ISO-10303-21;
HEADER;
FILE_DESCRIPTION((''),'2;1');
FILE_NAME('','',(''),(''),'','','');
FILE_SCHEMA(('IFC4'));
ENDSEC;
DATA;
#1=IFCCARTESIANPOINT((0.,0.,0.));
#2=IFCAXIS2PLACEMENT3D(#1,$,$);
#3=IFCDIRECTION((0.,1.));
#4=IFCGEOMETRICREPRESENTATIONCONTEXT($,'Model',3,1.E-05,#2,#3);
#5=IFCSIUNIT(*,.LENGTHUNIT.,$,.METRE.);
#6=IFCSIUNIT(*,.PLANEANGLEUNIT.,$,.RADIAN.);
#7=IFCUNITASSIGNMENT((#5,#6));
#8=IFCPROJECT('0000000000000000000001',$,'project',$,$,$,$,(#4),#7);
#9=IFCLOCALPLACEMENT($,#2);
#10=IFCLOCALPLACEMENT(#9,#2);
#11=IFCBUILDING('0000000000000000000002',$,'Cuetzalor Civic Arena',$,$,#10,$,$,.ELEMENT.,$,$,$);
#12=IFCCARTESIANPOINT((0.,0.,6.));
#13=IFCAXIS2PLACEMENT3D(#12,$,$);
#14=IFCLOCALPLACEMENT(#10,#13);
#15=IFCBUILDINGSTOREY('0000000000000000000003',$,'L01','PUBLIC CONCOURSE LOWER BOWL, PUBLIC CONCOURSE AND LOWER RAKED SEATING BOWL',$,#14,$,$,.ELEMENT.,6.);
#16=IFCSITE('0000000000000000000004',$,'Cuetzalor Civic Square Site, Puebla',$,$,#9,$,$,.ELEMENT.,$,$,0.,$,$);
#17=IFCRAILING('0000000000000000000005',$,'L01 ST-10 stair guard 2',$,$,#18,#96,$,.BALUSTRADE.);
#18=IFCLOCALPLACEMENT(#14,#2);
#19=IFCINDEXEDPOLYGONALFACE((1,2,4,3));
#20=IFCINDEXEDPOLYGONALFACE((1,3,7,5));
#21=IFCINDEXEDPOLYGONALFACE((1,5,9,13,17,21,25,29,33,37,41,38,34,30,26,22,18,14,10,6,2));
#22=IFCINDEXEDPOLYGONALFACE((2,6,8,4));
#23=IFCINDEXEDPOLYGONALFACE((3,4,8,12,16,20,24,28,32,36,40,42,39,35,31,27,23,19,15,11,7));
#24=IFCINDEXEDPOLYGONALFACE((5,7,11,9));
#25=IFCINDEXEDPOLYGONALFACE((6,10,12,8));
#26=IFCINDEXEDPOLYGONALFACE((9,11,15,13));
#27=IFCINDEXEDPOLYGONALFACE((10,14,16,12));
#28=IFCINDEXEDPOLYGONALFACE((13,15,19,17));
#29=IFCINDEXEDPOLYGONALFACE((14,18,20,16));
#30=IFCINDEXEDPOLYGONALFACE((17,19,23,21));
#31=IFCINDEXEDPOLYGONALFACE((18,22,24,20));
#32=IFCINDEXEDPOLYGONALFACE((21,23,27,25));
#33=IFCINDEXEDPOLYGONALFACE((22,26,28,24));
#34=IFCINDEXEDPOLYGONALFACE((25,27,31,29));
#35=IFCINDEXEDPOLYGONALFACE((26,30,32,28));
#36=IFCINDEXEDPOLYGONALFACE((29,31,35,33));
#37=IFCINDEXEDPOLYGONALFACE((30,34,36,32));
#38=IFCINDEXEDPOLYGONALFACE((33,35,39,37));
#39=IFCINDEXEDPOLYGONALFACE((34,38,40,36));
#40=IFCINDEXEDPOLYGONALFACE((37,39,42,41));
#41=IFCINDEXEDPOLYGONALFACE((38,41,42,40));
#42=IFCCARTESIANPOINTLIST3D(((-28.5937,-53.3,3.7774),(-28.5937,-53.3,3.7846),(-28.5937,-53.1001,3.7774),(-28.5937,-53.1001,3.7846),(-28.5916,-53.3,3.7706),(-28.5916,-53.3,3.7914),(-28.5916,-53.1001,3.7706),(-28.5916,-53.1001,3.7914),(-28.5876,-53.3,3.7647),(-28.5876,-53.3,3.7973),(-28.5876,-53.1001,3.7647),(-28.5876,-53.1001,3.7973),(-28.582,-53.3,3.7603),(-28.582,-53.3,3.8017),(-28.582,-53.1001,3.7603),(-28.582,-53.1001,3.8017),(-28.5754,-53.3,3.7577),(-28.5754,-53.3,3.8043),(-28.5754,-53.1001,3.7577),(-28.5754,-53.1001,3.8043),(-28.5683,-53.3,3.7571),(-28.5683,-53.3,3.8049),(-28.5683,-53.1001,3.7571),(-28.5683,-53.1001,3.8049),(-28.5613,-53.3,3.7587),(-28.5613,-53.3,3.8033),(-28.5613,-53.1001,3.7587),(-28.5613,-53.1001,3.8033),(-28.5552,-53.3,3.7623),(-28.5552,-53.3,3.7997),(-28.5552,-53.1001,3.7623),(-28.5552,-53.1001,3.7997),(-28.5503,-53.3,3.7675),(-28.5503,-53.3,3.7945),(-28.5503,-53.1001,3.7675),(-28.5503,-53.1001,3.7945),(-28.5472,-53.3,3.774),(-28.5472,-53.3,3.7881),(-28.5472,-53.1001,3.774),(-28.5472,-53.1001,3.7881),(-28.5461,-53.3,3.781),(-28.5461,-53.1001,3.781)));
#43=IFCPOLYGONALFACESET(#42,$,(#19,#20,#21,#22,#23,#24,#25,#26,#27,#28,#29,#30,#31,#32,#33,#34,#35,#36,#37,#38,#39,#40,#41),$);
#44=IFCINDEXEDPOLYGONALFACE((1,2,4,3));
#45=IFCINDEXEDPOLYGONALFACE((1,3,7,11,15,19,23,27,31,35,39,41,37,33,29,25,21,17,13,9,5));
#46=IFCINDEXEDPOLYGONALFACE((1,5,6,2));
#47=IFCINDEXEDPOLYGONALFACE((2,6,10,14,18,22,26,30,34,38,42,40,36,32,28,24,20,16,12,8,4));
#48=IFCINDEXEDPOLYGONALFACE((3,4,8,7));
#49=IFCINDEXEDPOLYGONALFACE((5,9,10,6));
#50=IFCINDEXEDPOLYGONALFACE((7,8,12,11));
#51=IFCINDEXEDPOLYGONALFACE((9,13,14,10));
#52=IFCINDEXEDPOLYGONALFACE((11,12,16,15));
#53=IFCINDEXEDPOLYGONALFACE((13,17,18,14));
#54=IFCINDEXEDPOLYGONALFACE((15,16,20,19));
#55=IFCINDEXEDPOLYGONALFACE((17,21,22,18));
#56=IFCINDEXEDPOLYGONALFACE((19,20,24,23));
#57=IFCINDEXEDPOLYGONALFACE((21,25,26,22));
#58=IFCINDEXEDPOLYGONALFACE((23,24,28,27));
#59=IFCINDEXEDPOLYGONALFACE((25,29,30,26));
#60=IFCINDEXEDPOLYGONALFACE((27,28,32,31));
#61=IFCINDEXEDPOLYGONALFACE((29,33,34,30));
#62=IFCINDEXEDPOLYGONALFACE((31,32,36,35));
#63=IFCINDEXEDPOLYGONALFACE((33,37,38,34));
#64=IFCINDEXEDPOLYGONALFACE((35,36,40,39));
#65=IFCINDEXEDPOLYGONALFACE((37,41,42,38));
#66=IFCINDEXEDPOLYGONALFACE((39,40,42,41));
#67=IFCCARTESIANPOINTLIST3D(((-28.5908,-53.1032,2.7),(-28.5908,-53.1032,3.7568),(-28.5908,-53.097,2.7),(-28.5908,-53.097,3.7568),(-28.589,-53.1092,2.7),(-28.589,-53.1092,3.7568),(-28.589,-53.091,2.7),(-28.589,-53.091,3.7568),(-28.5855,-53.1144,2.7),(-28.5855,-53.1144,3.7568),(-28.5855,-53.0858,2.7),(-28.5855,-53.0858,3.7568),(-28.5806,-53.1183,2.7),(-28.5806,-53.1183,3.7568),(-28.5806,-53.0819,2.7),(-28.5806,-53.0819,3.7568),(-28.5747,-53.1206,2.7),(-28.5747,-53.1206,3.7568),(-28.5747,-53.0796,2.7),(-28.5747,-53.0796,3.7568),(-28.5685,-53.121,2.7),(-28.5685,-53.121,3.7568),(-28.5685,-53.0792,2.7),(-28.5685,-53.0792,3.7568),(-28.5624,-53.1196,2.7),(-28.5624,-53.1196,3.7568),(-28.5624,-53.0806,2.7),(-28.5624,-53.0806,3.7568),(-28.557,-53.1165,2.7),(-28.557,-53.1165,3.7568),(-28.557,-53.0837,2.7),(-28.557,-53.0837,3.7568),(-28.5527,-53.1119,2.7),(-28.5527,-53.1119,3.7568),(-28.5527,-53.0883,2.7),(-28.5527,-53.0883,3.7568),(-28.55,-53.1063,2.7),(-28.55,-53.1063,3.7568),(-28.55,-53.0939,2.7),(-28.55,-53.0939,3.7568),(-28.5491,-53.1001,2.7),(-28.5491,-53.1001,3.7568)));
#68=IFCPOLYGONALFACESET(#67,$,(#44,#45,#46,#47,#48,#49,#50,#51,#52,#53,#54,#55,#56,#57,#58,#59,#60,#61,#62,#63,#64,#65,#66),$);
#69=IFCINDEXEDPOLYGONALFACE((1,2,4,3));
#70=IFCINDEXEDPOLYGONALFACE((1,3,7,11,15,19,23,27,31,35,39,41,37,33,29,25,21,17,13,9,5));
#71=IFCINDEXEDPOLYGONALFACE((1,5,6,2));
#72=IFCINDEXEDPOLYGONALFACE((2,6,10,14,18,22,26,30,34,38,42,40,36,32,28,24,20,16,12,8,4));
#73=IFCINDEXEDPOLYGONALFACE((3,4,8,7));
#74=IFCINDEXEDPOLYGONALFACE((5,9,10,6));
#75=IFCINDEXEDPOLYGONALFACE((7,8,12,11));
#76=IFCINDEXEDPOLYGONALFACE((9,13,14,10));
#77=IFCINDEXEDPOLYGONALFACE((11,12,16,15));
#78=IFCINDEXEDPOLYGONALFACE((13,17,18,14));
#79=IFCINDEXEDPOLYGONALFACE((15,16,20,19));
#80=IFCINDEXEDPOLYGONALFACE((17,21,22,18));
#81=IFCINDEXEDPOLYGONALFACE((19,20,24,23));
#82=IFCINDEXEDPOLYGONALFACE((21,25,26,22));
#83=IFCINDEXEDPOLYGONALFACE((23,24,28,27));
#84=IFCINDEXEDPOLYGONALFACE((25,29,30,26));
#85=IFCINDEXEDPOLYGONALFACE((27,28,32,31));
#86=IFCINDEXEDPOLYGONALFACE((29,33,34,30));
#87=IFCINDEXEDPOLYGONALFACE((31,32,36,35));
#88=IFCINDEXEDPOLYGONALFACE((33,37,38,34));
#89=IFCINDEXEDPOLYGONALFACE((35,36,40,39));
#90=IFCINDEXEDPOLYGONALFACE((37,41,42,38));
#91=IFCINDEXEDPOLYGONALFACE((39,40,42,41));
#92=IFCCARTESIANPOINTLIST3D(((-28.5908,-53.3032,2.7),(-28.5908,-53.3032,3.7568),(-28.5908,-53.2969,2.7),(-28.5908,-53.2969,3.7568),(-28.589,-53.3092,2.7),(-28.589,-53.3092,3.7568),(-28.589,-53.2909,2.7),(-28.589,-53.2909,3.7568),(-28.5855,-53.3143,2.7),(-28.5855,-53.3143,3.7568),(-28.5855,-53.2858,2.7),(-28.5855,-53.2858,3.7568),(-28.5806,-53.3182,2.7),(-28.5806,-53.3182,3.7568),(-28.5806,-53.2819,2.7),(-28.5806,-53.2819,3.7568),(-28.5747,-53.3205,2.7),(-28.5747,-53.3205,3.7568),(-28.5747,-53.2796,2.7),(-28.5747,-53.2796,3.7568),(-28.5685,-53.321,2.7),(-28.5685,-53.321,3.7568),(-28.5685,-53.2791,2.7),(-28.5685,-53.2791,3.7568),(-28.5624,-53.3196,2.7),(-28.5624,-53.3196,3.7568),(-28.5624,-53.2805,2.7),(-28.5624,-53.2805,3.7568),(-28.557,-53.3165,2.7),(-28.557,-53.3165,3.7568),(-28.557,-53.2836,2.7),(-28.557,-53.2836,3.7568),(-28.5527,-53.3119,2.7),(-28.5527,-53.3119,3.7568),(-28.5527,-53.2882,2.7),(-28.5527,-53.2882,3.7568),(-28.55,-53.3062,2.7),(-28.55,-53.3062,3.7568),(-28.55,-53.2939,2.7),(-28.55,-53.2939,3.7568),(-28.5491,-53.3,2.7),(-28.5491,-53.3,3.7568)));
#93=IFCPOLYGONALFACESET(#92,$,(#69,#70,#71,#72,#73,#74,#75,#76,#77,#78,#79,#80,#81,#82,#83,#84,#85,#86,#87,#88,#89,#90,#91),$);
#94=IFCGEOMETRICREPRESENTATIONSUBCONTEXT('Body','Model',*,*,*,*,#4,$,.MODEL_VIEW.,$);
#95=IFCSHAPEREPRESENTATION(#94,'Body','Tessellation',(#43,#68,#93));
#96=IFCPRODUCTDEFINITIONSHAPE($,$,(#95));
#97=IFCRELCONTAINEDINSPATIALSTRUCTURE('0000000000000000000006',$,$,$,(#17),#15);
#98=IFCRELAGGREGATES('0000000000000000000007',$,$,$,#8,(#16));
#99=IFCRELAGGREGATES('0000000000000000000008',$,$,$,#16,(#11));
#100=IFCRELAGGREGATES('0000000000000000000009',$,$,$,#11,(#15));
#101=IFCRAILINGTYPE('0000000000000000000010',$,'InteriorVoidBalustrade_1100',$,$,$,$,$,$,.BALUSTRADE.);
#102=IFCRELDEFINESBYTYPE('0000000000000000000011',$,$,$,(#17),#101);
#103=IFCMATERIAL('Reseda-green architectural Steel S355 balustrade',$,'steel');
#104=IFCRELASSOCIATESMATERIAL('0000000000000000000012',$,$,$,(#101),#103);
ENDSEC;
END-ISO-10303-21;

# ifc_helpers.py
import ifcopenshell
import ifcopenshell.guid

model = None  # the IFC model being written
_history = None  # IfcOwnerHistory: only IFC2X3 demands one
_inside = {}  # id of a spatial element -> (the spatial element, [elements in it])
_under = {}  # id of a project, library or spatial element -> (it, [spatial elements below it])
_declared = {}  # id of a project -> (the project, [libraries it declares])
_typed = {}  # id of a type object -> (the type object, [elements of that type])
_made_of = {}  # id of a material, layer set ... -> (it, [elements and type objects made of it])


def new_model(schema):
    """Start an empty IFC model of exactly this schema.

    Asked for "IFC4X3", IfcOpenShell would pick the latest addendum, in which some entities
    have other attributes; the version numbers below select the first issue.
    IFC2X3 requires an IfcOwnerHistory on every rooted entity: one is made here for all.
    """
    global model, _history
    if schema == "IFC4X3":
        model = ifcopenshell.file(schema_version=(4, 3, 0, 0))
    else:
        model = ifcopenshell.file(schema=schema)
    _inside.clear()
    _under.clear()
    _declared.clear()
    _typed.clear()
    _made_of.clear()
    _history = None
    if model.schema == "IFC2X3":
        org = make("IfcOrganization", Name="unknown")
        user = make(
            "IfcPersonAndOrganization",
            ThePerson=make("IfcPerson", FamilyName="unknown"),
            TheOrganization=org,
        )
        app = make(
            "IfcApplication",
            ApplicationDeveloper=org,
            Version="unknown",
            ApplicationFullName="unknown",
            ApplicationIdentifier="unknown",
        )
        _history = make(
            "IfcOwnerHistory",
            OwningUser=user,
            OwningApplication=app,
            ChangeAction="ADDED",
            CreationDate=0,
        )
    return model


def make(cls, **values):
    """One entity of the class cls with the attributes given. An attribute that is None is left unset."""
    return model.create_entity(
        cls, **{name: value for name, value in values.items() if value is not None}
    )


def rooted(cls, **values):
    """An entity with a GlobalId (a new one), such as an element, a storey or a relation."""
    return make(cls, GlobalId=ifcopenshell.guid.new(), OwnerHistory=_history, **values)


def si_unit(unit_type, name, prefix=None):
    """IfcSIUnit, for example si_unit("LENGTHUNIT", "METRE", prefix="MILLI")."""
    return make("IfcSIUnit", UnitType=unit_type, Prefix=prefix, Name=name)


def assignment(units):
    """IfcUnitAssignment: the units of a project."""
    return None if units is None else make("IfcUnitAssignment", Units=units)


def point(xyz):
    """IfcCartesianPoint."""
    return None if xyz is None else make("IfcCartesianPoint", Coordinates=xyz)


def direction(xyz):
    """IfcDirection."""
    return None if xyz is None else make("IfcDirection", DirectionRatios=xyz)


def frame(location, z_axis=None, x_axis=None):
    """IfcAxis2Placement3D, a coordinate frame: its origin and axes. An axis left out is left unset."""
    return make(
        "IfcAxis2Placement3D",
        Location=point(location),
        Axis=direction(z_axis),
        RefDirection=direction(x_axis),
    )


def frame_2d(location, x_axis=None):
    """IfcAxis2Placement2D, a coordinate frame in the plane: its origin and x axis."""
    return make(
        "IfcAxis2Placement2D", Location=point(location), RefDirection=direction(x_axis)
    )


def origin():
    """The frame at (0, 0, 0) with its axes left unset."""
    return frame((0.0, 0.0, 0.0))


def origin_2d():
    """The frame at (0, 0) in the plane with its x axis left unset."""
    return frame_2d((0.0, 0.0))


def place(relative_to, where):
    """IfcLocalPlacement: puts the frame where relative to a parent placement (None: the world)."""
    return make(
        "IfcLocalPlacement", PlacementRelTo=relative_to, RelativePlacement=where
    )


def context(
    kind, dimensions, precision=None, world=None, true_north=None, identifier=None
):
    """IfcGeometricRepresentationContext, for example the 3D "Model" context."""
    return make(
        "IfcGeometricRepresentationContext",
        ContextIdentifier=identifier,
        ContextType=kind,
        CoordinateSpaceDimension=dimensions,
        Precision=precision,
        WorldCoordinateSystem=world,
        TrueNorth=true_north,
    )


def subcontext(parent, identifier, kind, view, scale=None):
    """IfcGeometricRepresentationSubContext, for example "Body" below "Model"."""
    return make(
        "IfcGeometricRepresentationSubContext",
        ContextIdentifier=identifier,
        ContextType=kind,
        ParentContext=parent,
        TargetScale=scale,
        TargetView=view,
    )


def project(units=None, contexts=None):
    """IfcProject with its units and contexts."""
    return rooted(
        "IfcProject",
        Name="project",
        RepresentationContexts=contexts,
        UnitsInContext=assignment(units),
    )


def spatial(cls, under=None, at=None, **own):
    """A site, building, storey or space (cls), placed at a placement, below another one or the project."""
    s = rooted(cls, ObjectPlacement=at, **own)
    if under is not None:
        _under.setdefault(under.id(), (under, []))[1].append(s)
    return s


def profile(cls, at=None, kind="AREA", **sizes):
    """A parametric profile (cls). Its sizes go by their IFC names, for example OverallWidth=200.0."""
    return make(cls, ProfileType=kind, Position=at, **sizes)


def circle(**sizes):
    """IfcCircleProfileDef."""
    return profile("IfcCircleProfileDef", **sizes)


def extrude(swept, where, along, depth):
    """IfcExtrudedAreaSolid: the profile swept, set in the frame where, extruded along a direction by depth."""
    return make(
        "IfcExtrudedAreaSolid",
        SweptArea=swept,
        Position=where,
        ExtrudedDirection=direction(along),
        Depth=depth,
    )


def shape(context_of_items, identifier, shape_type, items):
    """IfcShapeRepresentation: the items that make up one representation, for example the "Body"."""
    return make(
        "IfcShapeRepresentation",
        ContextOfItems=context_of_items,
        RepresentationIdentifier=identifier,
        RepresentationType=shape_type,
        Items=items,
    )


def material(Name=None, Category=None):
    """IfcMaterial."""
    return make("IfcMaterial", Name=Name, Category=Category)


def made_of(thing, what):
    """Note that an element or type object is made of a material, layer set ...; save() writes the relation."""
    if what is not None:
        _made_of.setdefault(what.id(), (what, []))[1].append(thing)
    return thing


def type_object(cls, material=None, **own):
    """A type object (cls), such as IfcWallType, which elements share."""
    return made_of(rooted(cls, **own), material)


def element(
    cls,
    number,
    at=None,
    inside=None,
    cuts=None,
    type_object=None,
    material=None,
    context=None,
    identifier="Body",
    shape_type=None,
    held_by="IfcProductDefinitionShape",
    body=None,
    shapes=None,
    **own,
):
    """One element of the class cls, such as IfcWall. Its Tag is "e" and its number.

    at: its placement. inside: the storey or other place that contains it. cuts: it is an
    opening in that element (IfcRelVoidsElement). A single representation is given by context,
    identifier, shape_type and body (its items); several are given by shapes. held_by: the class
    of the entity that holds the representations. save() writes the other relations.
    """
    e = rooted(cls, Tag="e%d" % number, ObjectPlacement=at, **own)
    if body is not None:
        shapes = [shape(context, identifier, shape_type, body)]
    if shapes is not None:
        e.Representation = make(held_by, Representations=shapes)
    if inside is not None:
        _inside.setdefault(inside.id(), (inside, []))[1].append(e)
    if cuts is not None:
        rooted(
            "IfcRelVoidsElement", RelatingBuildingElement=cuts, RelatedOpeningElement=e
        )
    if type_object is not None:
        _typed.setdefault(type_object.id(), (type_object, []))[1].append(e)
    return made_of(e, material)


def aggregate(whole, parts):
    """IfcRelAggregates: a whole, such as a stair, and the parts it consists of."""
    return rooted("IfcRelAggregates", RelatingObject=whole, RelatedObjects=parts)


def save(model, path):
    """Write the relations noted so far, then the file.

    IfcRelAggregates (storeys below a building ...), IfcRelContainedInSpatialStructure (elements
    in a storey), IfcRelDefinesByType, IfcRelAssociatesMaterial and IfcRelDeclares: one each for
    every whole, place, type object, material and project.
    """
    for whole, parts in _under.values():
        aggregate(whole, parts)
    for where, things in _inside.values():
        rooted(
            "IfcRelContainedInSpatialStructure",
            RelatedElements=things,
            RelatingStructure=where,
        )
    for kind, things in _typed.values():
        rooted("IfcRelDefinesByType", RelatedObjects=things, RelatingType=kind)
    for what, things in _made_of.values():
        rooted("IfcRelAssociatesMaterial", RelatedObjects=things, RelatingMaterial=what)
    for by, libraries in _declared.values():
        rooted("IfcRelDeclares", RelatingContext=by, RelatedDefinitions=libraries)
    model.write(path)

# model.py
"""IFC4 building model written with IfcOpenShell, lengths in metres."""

from ifc_helpers import new_model, si_unit, direction, frame, origin, origin_2d, place, context, subcontext, project, spatial, circle, extrude, material, type_object, element, save


model = new_model("IFC4")

# Units and contexts
model_context = context("Model", 3, precision=1e-05, world=origin(), true_north=direction((0.0, 1.0)))
body_context = subcontext(model_context, "Body", "Model", "MODEL_VIEW")
ifc_project = project(units=[si_unit("LENGTHUNIT", "METRE"), si_unit("PLANEANGLEUNIT", "RADIAN")], contexts=[model_context])

# Site, building, storey
site_placement = place(None, origin())
site = spatial("IfcSite", under=ifc_project, at=site_placement, Name="Cuetzalor Civic Square Site, Puebla", CompositionType="ELEMENT", RefElevation=0.0)
building_placement = place(site_placement, origin())
building = spatial("IfcBuilding", under=site, at=building_placement, Name="Cuetzalor Civic Arena", CompositionType="ELEMENT")
storey_placement = place(building_placement, frame((0.0, 0.0, 6.0)))
storey = spatial("IfcBuildingStorey", under=building, at=storey_placement, Name="L01", Description="PUBLIC CONCOURSE LOWER BOWL, PUBLIC CONCOURSE AND LOWER RAKED SEATING BOWL", CompositionType="ELEMENT", Elevation=6.0)

# Railing
ifc_material_1 = material(Name="Reseda-green architectural Steel S355 balustrade", Category="steel")
railing_type_1 = type_object("IfcRailingType", Name="InteriorVoidBalustrade_1100", PredefinedType="BALUSTRADE", material=ifc_material_1)
railing_1_placement = place(storey_placement, frame((-28.5701, -53.1001, 2.7)))
element("IfcRailing", 1, at=railing_1_placement, inside=storey, type_object=railing_type_1, Name="L01 ST-10 stair guard 2", PredefinedType="BALUSTRADE", context=body_context, shape_type="SweptSolid", body=[
    extrude(circle(Radius=0.0239, at=origin_2d()), frame((0.0, 0.0, 1.0811), z_axis=(0.0, -1.0, 0.0), x_axis=(1.0, 0.0, 0.0)), (0.0, 0.0, 1.0), 0.2),
    extrude(circle(Radius=0.021, at=origin_2d()), origin(), (0.0, 0.0, 1.0), 1.0569),
    extrude(circle(Radius=0.021, at=origin_2d()), frame((0.0, -0.2, 0.0)), (0.0, 0.0, 1.0), 1.0569),
])

save(model, "model.ifc")
